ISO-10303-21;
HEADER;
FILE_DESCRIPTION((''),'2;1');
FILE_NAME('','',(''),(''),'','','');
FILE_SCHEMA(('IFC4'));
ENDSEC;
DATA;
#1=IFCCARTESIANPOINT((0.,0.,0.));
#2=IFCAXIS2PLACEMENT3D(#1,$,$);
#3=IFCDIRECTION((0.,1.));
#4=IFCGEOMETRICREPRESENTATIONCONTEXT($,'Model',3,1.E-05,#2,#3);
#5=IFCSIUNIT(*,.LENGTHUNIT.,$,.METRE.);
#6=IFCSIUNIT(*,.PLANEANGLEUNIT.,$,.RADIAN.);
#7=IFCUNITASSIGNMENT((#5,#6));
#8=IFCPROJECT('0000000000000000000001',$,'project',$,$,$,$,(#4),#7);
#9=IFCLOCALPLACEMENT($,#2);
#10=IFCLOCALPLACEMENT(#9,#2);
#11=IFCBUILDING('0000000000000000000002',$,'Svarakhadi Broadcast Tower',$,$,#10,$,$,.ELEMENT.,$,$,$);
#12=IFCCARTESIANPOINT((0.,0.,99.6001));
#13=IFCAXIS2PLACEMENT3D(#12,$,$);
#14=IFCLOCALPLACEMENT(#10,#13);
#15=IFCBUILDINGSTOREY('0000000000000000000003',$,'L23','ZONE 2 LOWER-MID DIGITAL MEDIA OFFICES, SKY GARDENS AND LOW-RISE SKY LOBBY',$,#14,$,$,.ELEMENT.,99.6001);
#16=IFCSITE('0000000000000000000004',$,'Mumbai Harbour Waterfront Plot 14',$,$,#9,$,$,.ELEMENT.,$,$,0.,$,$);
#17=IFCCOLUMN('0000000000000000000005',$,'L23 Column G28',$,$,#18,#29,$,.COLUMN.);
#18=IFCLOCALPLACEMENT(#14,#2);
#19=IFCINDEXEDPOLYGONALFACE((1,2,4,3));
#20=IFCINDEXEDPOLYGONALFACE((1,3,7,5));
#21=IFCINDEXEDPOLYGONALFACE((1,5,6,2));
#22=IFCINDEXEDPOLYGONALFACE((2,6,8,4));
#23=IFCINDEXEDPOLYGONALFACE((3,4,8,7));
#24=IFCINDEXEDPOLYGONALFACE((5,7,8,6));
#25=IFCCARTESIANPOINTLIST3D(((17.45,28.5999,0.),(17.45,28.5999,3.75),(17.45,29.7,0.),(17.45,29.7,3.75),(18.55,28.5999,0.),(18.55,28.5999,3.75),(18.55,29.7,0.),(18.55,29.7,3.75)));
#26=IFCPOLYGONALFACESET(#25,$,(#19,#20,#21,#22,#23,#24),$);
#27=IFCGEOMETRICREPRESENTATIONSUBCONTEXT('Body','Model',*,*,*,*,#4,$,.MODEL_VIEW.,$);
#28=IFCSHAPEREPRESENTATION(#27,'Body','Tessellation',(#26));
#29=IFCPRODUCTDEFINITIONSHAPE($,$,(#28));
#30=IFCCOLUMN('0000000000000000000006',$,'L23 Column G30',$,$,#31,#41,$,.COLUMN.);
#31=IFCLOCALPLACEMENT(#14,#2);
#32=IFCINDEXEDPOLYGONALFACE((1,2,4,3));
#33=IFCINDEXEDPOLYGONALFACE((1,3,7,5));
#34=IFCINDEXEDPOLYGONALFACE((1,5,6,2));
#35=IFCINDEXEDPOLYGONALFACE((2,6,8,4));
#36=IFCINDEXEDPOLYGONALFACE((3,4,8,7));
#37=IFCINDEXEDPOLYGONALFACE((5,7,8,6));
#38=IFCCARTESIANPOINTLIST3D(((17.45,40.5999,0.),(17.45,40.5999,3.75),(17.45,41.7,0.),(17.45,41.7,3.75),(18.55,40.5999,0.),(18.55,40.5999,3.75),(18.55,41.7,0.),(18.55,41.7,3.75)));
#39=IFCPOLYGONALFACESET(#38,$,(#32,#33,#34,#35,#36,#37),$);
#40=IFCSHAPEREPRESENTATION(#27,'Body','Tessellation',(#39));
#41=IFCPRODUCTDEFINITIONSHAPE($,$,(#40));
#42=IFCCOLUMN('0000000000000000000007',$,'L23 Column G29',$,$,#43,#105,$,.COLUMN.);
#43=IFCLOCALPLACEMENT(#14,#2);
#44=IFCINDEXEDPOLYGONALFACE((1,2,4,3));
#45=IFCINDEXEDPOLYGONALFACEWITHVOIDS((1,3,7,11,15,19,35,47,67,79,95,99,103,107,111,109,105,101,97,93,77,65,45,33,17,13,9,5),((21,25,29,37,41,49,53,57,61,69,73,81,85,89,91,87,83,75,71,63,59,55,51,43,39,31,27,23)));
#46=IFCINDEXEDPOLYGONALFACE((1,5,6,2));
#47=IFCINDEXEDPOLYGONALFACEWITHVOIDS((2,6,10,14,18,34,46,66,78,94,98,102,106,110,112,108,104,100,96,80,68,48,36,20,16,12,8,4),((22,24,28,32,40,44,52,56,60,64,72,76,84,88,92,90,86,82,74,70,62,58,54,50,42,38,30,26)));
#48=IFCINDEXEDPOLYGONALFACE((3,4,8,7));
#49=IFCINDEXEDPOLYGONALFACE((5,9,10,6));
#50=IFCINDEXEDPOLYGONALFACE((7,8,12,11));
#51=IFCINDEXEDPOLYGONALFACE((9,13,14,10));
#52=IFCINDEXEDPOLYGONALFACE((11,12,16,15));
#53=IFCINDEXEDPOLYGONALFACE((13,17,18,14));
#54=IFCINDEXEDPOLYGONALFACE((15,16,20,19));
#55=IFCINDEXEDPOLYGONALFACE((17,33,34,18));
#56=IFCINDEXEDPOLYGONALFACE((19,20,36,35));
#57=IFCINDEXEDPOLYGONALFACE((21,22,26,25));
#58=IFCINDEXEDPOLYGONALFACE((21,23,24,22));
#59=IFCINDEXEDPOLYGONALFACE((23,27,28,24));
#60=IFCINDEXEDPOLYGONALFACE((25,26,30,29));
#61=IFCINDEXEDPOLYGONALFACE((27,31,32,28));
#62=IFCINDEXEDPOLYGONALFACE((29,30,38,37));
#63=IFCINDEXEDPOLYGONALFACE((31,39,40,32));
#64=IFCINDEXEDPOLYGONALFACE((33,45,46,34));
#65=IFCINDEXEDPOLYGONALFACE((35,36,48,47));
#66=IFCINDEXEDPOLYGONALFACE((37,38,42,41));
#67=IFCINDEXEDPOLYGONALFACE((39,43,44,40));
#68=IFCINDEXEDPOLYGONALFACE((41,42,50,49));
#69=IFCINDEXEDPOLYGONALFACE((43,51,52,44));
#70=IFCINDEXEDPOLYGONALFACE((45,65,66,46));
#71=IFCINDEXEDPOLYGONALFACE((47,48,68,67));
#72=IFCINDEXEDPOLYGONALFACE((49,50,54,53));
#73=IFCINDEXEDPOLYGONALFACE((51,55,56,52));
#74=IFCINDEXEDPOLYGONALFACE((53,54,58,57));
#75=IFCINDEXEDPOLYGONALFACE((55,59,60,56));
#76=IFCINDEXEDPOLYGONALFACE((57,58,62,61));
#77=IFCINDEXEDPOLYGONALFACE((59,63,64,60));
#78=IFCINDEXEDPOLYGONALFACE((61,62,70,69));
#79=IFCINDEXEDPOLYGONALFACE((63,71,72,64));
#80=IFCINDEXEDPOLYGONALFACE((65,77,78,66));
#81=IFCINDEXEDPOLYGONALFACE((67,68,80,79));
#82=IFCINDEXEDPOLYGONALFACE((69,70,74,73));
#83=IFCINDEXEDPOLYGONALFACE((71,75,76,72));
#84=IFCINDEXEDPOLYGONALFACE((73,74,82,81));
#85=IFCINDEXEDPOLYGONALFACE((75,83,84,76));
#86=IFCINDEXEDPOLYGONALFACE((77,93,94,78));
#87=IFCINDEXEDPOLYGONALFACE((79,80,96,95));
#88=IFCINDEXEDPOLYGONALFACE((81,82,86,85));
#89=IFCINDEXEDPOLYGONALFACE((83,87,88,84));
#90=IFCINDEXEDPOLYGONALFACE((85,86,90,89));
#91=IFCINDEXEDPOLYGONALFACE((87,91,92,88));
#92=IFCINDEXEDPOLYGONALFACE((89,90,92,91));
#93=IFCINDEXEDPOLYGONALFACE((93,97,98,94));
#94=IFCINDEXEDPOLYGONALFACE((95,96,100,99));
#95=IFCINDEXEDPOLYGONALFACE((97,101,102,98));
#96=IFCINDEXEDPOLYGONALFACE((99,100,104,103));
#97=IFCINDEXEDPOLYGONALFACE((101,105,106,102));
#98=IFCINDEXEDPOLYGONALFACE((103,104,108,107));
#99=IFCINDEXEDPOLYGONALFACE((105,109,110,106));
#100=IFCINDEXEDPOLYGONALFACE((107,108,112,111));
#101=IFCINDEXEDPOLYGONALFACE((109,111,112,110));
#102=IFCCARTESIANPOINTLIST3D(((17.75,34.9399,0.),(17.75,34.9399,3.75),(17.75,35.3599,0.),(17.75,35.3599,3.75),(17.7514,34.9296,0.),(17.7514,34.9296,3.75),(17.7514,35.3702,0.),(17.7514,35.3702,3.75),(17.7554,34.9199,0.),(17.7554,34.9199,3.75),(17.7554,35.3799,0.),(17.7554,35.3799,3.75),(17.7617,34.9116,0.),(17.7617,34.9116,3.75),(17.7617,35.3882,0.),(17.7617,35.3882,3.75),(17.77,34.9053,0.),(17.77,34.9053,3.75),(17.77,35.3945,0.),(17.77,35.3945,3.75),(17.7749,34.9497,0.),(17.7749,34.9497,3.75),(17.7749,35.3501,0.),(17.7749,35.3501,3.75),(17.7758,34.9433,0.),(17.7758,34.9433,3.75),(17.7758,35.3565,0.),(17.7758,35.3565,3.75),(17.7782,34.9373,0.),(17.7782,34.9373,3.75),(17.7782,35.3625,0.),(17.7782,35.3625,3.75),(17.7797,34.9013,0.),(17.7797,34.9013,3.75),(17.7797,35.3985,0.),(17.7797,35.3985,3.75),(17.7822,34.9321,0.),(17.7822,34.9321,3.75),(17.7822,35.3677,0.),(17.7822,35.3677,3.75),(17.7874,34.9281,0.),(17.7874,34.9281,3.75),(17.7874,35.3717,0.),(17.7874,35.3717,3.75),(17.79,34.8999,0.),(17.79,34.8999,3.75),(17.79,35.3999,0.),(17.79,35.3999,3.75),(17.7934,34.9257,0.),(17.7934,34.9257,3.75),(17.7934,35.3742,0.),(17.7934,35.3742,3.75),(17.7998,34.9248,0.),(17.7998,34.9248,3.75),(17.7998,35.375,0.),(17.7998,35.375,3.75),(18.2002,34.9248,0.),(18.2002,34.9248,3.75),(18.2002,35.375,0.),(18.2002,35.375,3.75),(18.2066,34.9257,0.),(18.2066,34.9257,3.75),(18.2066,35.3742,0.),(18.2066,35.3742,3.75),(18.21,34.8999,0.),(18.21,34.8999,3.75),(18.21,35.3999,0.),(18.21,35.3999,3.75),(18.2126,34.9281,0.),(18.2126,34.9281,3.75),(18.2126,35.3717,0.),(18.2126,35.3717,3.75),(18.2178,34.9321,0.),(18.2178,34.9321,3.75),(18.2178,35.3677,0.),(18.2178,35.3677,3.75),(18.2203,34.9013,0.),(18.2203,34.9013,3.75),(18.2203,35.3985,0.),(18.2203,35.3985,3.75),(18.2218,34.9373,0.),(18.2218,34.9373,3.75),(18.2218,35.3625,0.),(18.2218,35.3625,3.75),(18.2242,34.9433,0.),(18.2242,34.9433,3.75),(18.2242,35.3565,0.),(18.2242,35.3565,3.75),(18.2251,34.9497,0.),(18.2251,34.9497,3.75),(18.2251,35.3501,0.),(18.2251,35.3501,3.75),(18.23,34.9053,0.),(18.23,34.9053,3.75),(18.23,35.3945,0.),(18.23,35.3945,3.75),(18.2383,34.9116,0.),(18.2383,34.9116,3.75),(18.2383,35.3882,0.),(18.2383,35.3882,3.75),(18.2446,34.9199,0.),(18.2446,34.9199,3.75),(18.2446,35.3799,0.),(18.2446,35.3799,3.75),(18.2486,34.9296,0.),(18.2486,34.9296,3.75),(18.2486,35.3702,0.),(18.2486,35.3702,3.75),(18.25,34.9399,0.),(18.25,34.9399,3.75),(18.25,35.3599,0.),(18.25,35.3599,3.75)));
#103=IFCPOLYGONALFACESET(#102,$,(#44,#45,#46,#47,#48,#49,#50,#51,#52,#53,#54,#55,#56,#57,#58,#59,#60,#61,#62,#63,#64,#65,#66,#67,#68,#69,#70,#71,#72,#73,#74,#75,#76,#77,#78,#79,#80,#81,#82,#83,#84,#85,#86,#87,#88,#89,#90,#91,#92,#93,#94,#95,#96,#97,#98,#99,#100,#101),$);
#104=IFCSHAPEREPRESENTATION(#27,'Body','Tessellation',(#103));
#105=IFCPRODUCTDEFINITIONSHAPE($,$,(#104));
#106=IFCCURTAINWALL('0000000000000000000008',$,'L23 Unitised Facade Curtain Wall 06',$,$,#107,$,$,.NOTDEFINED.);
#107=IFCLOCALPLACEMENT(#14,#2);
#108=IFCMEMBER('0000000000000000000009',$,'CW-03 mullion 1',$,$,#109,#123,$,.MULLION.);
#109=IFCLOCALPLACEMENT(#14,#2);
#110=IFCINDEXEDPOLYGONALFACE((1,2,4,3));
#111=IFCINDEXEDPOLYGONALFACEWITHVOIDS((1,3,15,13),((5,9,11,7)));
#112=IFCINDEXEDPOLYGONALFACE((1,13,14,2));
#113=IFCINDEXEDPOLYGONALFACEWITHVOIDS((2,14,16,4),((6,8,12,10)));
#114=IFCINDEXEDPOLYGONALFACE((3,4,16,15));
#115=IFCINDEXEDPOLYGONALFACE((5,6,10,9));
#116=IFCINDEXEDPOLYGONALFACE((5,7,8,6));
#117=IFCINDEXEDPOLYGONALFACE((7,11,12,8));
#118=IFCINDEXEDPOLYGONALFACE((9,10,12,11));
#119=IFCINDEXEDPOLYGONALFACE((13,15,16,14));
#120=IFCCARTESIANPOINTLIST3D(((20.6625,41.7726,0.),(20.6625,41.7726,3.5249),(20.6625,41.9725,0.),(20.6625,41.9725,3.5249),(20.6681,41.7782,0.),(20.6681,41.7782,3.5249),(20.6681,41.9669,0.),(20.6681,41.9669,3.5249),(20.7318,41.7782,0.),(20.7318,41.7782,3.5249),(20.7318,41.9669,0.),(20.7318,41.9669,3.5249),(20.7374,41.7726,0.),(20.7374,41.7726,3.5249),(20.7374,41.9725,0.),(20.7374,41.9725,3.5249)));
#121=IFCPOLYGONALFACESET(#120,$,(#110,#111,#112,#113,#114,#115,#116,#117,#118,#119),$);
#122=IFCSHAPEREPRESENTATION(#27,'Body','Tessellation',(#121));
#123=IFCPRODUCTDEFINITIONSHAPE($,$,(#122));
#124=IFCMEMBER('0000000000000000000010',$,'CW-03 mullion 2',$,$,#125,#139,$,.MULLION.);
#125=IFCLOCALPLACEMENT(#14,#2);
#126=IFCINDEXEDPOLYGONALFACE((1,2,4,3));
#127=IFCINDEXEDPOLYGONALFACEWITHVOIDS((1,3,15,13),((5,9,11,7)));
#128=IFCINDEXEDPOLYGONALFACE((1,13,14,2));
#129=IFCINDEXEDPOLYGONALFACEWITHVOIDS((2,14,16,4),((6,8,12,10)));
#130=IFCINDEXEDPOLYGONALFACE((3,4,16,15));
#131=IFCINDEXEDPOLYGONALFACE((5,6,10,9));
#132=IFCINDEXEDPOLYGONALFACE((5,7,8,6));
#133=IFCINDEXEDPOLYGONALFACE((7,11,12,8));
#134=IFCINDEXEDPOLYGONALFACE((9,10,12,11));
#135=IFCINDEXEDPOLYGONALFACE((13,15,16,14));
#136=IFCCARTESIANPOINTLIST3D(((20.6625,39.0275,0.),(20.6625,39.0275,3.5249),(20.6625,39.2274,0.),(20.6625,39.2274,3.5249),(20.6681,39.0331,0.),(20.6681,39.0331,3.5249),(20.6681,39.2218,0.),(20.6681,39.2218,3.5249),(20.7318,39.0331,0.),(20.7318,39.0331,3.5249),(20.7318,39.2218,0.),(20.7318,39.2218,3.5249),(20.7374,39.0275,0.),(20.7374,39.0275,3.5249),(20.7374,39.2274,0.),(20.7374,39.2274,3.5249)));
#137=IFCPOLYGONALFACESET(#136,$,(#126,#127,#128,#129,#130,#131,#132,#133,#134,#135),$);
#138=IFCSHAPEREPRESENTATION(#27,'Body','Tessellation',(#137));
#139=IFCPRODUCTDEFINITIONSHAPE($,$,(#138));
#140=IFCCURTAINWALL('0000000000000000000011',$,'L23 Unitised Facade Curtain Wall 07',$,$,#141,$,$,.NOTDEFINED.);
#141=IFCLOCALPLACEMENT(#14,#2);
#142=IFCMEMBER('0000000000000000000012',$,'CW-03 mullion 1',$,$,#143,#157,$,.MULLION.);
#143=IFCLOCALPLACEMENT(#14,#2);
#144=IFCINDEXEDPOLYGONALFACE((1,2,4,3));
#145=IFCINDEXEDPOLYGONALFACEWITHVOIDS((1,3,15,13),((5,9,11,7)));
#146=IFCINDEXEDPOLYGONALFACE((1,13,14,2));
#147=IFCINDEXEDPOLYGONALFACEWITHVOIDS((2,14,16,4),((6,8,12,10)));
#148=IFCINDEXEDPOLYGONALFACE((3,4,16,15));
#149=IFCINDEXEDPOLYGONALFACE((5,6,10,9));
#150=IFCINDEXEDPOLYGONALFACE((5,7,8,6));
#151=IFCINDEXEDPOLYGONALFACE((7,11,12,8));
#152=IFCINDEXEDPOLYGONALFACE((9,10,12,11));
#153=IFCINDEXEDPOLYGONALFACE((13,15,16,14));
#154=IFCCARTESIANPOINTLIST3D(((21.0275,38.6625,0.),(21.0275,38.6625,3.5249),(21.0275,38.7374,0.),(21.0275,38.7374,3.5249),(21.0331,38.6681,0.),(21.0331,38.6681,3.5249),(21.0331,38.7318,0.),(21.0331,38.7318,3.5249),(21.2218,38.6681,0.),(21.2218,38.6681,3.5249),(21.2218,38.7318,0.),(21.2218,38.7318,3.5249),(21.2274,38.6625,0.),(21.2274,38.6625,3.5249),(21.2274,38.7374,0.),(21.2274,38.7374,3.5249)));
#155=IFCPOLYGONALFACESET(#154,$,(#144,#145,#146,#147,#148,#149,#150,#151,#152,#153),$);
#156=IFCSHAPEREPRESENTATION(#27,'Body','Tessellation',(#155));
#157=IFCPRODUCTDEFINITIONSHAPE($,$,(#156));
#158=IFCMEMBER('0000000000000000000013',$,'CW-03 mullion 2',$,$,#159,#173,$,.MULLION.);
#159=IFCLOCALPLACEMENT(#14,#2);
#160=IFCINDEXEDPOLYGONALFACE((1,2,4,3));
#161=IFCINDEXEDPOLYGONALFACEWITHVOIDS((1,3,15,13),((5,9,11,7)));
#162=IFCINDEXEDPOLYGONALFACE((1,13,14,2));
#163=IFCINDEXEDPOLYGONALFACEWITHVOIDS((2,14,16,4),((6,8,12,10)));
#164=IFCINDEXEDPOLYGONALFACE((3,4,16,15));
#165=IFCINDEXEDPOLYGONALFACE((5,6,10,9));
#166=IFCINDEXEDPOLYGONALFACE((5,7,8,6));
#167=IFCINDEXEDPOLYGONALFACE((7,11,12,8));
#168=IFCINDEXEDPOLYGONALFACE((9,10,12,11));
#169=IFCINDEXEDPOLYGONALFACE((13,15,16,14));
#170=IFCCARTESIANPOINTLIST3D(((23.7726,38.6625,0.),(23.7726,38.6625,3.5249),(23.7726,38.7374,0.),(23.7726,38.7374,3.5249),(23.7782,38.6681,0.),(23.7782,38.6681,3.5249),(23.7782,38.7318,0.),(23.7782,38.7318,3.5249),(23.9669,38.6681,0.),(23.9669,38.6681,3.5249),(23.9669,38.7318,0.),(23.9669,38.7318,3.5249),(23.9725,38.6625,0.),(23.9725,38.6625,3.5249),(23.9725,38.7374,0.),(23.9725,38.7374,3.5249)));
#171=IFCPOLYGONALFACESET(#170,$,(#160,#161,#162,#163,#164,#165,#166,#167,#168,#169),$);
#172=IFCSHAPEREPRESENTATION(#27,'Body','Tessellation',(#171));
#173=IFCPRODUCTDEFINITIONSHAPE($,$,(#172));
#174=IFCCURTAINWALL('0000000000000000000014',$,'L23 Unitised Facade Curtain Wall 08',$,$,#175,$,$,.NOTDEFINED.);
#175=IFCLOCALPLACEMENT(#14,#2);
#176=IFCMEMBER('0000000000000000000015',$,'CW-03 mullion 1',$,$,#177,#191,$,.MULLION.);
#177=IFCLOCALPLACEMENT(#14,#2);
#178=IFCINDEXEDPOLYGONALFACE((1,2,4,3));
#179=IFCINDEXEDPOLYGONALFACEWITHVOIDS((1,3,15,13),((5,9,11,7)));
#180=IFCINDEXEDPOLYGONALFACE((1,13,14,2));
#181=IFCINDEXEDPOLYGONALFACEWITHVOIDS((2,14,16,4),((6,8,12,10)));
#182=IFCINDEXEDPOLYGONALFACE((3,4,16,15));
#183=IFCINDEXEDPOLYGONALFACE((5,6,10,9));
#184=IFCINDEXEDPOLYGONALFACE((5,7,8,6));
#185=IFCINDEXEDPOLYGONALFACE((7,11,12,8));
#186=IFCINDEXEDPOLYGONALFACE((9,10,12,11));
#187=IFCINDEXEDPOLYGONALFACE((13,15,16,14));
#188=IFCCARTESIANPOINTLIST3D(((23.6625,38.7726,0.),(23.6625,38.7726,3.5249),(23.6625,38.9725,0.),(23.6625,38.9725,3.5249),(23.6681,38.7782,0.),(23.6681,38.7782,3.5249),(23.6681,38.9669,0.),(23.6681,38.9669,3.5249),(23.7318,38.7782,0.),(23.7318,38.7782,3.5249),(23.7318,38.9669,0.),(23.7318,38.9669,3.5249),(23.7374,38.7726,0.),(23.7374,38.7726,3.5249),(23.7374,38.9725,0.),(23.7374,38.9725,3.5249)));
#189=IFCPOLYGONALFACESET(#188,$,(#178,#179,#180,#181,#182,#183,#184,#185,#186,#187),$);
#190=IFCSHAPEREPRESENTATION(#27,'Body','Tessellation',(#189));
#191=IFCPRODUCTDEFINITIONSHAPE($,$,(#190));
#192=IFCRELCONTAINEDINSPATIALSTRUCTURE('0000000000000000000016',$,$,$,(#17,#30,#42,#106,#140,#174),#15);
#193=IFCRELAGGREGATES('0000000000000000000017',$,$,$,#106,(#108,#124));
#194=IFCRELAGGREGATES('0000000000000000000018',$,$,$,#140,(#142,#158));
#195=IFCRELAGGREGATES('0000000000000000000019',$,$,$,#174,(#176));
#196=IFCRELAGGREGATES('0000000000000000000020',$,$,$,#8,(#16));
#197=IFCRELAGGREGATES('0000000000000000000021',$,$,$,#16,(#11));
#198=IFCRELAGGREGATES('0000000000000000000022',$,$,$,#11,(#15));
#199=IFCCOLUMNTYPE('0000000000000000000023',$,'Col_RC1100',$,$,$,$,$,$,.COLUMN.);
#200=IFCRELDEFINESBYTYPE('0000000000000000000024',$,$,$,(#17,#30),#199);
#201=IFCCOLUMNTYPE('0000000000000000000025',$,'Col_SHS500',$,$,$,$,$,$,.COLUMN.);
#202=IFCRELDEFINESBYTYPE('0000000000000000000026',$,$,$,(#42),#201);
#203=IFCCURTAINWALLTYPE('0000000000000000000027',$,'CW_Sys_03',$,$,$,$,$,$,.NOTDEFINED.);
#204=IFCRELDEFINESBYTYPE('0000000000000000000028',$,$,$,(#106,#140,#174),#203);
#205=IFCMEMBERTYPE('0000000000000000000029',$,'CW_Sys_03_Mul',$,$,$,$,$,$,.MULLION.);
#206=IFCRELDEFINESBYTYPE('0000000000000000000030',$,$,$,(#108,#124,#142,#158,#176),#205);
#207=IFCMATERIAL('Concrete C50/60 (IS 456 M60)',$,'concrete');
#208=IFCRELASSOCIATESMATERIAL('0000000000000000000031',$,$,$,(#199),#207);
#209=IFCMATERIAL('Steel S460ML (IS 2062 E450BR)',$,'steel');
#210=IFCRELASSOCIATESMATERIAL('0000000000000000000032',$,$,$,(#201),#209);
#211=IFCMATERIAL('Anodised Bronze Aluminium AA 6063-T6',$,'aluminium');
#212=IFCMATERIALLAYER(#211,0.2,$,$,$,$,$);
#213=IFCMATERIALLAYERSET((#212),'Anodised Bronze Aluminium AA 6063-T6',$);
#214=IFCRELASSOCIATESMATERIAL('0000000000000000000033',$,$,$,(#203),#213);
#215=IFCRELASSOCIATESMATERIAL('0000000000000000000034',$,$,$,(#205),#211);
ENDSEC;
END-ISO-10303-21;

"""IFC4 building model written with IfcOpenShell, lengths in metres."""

from ifc_helpers import new_model, si_unit, direction, frame, origin, origin_2d, place, context, subcontext, project, spatial, rectangle, hollow_rectangle, extrude, material, layer, layer_set, material_profile, profile_set, type_object, element, aggregate, save


model = new_model("IFC4")

# Units and contexts
model_context = context("Model", 3, precision=1e-05, world=origin(), true_north=direction((0.0, 1.0)))
body_context = subcontext(model_context, "Body", "Model", "MODEL_VIEW")
ifc_project = project(units=[si_unit("LENGTHUNIT", "METRE"), si_unit("PLANEANGLEUNIT", "RADIAN")], contexts=[model_context])

# Site, building, storey
site_placement = place(None, origin())
site = spatial("IfcSite", under=ifc_project, at=site_placement, Name="Mumbai Harbour Waterfront Plot 14", CompositionType="ELEMENT", RefElevation=0.0)
building_placement = place(site_placement, origin())
building = spatial("IfcBuilding", under=site, at=building_placement, Name="Svarakhadi Broadcast Tower", CompositionType="ELEMENT")
storey_placement = place(building_placement, frame((0.0, 0.0, 99.6001)))
storey = spatial("IfcBuildingStorey", under=building, at=storey_placement, Name="L23", Description="ZONE 2 LOWER-MID DIGITAL MEDIA OFFICES, SKY GARDENS AND LOW-RISE SKY LOBBY", CompositionType="ELEMENT", Elevation=99.6001)

# Columns
ifc_material_1 = material(Name="Concrete C50/60 (IS 456 M60)", Category="concrete")
ifc_material_profile_1 = material_profile(ifc_material_1, rectangle(XDim=1.1001, YDim=1.1001, at=origin_2d()), Name="RC 1100x1100")
ifc_profile_set_1 = profile_set([ifc_material_profile_1], Name="Concrete C50/60 (IS 456 M60)")
column_type_1 = type_object("IfcColumnType", Name="Col_RC1100", PredefinedType="COLUMN", material=ifc_profile_set_1)
for number, where, z_axis, x_axis, name in (
    (1, (18.0, 29.1499, 0.0), (0.0, 0.0, 1.0), (1.0, 0.0, 0.0), "L23 Column G28"),
    (2, (18.0, 41.1499, 0.0), (0.0, 0.0, 1.0), (1.0, 0.0, 0.0), "L23 Column G30"),
):
    element("IfcColumn", number, at=place(storey_placement, frame(where, z_axis=z_axis, x_axis=x_axis)), inside=storey, type_object=column_type_1, Name=name, PredefinedType="COLUMN", context=body_context, shape_type="SweptSolid", body=[
        extrude(rectangle(XDim=1.1001, YDim=1.1001, at=origin_2d()), origin(), (0.0, 0.0, 1.0), 3.75),
    ])
ifc_material_2 = material(Name="Steel S460ML (IS 2062 E450BR)", Category="steel")
ifc_material_profile_2 = material_profile(ifc_material_2, hollow_rectangle(XDim=0.5, YDim=0.5, WallThickness=0.0249, InnerFilletRadius=0.0249, OuterFilletRadius=0.04, at=origin_2d()), Name="SHS 500x500x25")
ifc_profile_set_2 = profile_set([ifc_material_profile_2], Name="Steel S460ML (IS 2062 E450BR)")
column_type_2 = type_object("IfcColumnType", Name="Col_SHS500", PredefinedType="COLUMN", material=ifc_profile_set_2)
column_placement = place(storey_placement, frame((18.0, 35.1499, 0.0), z_axis=(0.0, 0.0, 1.0), x_axis=(1.0, 0.0, 0.0)))
element("IfcColumn", 3, at=column_placement, inside=storey, type_object=column_type_2, Name="L23 Column G29", PredefinedType="COLUMN", context=body_context, shape_type="SweptSolid", body=[
    extrude(hollow_rectangle(XDim=0.5, YDim=0.5, WallThickness=0.0249, InnerFilletRadius=0.0249, OuterFilletRadius=0.04, at=origin_2d()), origin(), (0.0, 0.0, 1.0), 3.75),
])

# Curtain walls, members
ifc_material_3 = material(Name="Anodised Bronze Aluminium AA 6063-T6", Category="aluminium")
ifc_layer_1 = layer(ifc_material_3, 0.2)
ifc_layer_set_1 = layer_set([ifc_layer_1], Name="Anodised Bronze Aluminium AA 6063-T6")
curtain_wall_type = type_object("IfcCurtainWallType", Name="CW_Sys_03", PredefinedType="NOTDEFINED", material=ifc_layer_set_1)
curtain_wall_1_placement = place(storey_placement, origin())
curtain_wall_1 = element("IfcCurtainWall", 4, at=curtain_wall_1_placement, inside=storey, type_object=curtain_wall_type, Name="L23 Unitised Facade Curtain Wall 06", PredefinedType="NOTDEFINED")
ifc_material_profile_3 = material_profile(ifc_material_3, hollow_rectangle(XDim=0.075, YDim=0.2, WallThickness=0.0056, at=origin_2d()), Name="ALU MULLION 200x75x6")
ifc_profile_set_3 = profile_set([ifc_material_profile_3], Name="Anodised Bronze Aluminium AA 6063-T6")
member_type_1 = type_object("IfcMemberType", Name="CW_Sys_03_Mul", PredefinedType="MULLION", material=ifc_profile_set_3)
member_1_placement = place(storey_placement, frame((20.7, 41.8726, 0.0), z_axis=(0.0, 0.0, 1.0), x_axis=(1.0, 0.0, 0.0)))
member_1 = element("IfcMember", 5, at=member_1_placement, type_object=member_type_1, Name="CW-03 mullion 1", PredefinedType="MULLION", context=body_context, shape_type="SweptSolid", body=[
    extrude(hollow_rectangle(XDim=0.075, YDim=0.2, WallThickness=0.0056, at=origin_2d()), origin(), (0.0, 0.0, 1.0), 3.5249),
])
member_2_placement = place(storey_placement, frame((20.7, 39.1274, 0.0), z_axis=(0.0, 0.0, 1.0), x_axis=(1.0, 0.0, 0.0)))
member_2 = element("IfcMember", 6, at=member_2_placement, type_object=member_type_1, Name="CW-03 mullion 2", PredefinedType="MULLION", context=body_context, shape_type="SweptSolid", body=[
    extrude(hollow_rectangle(XDim=0.075, YDim=0.2, WallThickness=0.0056, at=origin_2d()), origin(), (0.0, 0.0, 1.0), 3.5249),
])
curtain_wall_2_placement = place(storey_placement, origin())
curtain_wall_2 = element("IfcCurtainWall", 7, at=curtain_wall_2_placement, inside=storey, type_object=curtain_wall_type, Name="L23 Unitised Facade Curtain Wall 07", PredefinedType="NOTDEFINED")
member_3_placement = place(storey_placement, frame((21.1274, 38.7, 0.0), z_axis=(0.0, 0.0, 1.0), x_axis=(0.0, 1.0, 0.0)))
member_3 = element("IfcMember", 8, at=member_3_placement, type_object=member_type_1, Name="CW-03 mullion 1", PredefinedType="MULLION", context=body_context, shape_type="SweptSolid", body=[
    extrude(hollow_rectangle(XDim=0.075, YDim=0.2, WallThickness=0.0056, at=origin_2d()), origin(), (0.0, 0.0, 1.0), 3.5249),
])
member_4_placement = place(storey_placement, frame((23.8726, 38.7, 0.0), z_axis=(0.0, 0.0, 1.0), x_axis=(0.0, 1.0, 0.0)))
member_4 = element("IfcMember", 9, at=member_4_placement, type_object=member_type_1, Name="CW-03 mullion 2", PredefinedType="MULLION", context=body_context, shape_type="SweptSolid", body=[
    extrude(hollow_rectangle(XDim=0.075, YDim=0.2, WallThickness=0.0056, at=origin_2d()), origin(), (0.0, 0.0, 1.0), 3.5249),
])
curtain_wall_3_placement = place(storey_placement, origin())
curtain_wall_3 = element("IfcCurtainWall", 10, at=curtain_wall_3_placement, inside=storey, type_object=curtain_wall_type, Name="L23 Unitised Facade Curtain Wall 08", PredefinedType="NOTDEFINED")
member_5_placement = place(storey_placement, frame((23.7, 38.8726, 0.0), z_axis=(0.0, 0.0, 1.0), x_axis=(1.0, 0.0, 0.0)))
member_5 = element("IfcMember", 11, at=member_5_placement, type_object=member_type_1, Name="CW-03 mullion 1", PredefinedType="MULLION", context=body_context, shape_type="SweptSolid", body=[
    extrude(hollow_rectangle(XDim=0.075, YDim=0.2, WallThickness=0.0056, at=origin_2d()), origin(), (0.0, 0.0, 1.0), 3.5249),
])

aggregate(curtain_wall_1, [member_1, member_2])
aggregate(curtain_wall_2, [member_3, member_4])
aggregate(curtain_wall_3, [member_5])

save(model, "model.ifc")
